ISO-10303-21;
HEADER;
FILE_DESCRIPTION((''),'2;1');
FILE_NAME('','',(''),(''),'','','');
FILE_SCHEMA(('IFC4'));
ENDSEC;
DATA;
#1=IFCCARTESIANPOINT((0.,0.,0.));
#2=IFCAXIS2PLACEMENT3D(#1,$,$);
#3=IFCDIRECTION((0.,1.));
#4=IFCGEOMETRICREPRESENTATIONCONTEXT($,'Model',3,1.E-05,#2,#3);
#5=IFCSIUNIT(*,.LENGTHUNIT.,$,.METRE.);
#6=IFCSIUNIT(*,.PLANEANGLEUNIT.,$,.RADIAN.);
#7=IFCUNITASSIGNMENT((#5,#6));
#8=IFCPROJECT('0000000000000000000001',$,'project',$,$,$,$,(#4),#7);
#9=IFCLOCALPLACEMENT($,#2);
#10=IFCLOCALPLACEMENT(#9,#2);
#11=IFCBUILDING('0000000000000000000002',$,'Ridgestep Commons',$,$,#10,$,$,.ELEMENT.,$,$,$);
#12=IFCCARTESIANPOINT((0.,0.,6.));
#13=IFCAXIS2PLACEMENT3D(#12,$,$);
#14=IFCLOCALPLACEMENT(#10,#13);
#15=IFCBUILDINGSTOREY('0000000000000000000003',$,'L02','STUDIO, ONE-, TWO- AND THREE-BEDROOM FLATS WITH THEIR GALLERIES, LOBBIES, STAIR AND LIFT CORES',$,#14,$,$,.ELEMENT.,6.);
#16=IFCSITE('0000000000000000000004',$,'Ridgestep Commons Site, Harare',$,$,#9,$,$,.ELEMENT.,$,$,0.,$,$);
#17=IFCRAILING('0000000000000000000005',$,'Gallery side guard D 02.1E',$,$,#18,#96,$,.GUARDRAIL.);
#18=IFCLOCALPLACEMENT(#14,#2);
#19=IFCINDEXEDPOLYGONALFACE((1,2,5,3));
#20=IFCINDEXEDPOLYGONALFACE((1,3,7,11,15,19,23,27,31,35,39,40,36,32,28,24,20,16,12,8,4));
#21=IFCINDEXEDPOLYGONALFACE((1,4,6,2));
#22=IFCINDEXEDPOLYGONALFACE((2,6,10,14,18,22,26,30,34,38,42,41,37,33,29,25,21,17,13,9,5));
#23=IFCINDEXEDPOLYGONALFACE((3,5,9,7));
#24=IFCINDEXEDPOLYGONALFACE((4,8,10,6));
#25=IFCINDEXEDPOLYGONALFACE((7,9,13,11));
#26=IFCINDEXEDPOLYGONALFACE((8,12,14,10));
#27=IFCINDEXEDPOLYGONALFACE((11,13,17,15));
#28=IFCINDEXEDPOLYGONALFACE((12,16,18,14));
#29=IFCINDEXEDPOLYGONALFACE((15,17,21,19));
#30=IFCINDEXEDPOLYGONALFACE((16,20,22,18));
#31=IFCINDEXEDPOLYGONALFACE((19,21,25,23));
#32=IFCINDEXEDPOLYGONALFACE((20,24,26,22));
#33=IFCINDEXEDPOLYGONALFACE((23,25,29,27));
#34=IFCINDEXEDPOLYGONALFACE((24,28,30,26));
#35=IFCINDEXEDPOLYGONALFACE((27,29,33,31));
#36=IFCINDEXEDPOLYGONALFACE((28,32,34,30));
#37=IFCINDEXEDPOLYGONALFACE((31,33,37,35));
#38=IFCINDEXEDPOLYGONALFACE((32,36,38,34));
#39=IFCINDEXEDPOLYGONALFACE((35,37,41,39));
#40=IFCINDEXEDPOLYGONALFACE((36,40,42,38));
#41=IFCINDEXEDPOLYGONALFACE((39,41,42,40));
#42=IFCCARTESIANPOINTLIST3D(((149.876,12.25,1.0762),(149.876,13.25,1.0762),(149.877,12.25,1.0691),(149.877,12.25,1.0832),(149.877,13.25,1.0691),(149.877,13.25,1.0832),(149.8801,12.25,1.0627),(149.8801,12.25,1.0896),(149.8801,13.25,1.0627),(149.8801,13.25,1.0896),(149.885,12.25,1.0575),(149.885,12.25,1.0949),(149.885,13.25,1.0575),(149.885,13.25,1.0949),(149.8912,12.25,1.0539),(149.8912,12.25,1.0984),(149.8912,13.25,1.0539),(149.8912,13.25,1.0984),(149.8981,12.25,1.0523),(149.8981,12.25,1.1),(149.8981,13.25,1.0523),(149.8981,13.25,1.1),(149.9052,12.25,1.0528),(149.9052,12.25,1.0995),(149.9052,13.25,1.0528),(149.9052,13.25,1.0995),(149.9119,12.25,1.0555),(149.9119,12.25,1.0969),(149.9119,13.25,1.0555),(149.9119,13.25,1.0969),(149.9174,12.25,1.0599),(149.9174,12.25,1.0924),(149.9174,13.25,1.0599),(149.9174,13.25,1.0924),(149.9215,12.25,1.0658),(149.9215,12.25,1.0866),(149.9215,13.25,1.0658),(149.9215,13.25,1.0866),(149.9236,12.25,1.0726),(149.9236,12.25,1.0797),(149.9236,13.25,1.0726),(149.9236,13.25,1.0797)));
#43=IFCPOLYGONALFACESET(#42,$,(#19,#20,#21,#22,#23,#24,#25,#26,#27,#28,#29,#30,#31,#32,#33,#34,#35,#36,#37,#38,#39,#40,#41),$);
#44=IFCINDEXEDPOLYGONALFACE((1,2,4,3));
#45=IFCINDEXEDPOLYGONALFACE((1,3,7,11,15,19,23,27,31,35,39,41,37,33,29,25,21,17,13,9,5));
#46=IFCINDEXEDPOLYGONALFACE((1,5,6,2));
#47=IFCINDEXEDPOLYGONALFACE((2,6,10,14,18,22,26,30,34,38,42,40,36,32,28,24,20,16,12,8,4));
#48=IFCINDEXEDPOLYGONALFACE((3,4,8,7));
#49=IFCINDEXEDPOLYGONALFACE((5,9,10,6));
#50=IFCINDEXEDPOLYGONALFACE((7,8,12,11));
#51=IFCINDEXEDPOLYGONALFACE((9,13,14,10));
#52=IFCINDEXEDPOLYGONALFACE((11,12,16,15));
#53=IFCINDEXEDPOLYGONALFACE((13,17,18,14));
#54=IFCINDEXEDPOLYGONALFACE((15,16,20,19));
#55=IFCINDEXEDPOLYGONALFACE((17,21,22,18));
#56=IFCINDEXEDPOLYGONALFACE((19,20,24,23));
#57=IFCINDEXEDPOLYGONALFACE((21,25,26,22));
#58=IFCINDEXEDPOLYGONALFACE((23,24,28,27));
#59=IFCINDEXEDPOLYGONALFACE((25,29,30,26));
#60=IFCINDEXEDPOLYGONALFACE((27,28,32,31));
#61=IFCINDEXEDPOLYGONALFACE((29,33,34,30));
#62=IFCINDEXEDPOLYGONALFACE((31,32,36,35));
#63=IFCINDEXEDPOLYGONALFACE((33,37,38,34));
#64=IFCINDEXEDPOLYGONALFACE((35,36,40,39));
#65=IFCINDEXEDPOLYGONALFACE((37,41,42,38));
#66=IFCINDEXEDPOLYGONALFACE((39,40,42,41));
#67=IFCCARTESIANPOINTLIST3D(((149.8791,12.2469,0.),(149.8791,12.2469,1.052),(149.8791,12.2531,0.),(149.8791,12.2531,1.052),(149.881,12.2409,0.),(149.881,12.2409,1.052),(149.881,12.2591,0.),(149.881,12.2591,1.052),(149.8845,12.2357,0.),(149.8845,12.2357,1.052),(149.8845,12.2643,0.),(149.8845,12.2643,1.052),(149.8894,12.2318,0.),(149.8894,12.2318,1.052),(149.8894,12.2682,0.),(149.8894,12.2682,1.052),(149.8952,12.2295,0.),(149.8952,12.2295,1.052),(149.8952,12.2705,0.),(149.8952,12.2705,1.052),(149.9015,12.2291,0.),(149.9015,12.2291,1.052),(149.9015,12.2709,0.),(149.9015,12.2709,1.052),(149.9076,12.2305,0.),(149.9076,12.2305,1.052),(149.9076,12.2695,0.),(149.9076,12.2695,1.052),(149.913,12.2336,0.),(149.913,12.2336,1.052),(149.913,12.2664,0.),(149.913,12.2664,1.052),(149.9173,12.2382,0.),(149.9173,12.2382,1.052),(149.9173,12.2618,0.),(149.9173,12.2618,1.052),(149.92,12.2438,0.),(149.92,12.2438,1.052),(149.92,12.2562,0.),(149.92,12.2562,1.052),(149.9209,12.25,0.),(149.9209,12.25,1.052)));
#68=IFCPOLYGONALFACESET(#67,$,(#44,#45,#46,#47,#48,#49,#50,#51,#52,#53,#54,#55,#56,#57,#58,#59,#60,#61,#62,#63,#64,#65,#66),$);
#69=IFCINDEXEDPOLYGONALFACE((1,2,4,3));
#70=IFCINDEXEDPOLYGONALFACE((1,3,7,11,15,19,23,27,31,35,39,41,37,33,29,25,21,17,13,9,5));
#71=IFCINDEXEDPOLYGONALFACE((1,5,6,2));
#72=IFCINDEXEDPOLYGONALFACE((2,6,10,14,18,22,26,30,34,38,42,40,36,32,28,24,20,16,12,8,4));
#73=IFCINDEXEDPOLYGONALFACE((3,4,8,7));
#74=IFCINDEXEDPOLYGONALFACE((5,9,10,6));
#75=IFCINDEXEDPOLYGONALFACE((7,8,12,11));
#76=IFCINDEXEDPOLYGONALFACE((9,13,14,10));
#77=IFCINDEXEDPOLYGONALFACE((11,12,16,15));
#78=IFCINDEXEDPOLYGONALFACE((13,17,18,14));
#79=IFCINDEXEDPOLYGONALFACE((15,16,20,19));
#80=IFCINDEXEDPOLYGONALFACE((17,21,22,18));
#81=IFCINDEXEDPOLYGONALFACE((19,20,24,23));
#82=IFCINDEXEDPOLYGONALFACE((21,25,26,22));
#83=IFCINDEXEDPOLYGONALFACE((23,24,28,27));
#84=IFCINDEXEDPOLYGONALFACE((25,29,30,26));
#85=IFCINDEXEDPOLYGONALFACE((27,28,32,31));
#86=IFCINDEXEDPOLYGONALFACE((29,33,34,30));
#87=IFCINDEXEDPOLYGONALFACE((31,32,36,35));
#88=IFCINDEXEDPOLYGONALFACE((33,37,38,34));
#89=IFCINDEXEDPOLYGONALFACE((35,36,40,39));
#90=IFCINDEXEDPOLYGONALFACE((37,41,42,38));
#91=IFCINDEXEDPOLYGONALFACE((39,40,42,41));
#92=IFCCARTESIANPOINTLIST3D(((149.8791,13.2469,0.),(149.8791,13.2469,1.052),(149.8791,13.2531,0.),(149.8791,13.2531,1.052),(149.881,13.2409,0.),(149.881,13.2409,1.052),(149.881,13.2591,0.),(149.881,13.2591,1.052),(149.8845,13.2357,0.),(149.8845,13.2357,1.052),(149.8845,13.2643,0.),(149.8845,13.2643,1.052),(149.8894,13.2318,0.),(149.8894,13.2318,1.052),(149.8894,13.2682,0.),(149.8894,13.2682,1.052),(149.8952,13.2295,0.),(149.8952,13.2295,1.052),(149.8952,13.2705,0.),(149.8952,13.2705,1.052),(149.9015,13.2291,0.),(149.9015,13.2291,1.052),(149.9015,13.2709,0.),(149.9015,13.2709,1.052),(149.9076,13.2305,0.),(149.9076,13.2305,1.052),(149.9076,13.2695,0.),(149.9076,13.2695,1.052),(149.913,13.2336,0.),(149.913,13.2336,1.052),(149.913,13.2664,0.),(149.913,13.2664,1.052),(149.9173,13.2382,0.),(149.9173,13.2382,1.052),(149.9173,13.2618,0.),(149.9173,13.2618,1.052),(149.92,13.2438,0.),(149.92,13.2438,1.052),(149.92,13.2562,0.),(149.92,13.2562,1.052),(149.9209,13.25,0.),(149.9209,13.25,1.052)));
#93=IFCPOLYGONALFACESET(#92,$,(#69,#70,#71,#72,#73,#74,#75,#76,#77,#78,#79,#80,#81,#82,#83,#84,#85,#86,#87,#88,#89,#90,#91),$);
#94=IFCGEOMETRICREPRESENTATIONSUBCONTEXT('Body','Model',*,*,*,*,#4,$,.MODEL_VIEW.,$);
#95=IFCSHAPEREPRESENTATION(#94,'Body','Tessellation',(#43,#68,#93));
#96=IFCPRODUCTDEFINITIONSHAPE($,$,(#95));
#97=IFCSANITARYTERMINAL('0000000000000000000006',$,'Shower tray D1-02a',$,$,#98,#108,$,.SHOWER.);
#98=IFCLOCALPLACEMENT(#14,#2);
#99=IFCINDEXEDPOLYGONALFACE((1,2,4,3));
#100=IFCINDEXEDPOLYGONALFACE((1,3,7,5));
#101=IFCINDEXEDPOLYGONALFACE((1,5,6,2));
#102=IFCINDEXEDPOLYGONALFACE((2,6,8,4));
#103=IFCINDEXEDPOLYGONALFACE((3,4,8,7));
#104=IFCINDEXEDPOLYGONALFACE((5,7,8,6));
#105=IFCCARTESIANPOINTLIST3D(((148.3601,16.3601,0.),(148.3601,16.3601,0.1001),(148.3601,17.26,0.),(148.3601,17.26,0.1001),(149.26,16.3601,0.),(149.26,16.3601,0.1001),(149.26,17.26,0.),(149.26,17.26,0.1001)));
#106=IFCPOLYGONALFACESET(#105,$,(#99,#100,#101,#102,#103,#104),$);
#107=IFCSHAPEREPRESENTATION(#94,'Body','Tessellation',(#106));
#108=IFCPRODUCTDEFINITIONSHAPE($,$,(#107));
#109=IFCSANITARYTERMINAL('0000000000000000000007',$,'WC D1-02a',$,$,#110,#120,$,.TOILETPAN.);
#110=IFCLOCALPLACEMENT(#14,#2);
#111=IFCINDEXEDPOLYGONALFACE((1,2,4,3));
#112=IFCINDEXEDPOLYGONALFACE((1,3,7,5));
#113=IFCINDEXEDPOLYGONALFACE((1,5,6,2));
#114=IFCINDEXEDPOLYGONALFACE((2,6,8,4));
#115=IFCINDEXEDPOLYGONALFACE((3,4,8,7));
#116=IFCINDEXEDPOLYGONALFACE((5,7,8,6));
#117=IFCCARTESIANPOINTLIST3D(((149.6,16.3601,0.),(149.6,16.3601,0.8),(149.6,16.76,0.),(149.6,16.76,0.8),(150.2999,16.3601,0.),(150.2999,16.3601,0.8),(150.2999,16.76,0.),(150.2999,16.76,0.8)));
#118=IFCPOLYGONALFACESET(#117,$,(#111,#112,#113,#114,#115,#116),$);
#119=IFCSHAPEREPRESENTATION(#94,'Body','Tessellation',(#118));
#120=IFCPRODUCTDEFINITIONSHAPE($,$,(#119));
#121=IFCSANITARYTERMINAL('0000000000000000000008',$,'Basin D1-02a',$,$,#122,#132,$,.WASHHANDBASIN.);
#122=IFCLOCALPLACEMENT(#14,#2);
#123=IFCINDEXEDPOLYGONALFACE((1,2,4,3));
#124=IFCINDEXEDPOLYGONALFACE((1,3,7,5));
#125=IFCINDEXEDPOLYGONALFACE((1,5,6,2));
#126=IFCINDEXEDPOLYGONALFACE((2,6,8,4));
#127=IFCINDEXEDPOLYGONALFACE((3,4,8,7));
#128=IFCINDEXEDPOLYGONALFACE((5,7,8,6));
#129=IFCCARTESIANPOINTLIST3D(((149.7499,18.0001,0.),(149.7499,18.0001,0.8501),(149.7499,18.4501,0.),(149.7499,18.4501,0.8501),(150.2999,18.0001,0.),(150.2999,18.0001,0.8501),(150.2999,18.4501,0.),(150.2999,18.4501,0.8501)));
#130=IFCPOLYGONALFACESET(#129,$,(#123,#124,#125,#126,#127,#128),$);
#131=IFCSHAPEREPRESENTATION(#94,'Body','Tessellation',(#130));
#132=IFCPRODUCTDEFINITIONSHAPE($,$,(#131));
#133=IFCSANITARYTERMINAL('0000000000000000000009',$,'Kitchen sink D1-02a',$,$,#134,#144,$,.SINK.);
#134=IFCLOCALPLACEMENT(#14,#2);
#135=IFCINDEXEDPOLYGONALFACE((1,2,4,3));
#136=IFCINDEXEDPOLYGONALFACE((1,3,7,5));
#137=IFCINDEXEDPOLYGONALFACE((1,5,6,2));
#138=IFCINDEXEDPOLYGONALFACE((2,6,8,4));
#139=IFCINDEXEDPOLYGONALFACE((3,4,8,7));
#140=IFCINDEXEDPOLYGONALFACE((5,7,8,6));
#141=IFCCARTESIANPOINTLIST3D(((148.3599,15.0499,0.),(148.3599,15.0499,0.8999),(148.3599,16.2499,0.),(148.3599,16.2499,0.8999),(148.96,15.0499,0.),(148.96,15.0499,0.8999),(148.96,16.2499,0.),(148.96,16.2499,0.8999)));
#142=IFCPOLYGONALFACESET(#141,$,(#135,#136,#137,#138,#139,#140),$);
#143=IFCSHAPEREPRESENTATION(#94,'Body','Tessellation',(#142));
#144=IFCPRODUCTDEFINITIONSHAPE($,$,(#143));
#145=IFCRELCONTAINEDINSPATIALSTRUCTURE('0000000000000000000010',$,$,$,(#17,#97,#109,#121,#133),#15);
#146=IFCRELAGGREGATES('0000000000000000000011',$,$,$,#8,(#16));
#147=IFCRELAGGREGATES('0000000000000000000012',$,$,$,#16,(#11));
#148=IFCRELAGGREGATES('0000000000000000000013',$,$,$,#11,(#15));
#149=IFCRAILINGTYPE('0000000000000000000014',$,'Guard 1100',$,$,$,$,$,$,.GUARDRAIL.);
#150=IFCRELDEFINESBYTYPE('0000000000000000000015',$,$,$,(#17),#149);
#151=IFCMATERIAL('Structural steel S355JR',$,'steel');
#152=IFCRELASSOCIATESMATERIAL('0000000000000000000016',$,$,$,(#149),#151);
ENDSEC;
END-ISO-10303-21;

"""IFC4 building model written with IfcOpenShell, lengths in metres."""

from ifc_helpers import new_model, si_unit, direction, frame, origin, origin_2d, place, context, subcontext, project, spatial, rectangle, circle, extrude, material, type_object, element, save


model = new_model("IFC4")

# Units and contexts
model_context = context("Model", 3, precision=1e-05, world=origin(), true_north=direction((0.0, 1.0)))
body_context = subcontext(model_context, "Body", "Model", "MODEL_VIEW")
ifc_project = project(units=[si_unit("LENGTHUNIT", "METRE"), si_unit("PLANEANGLEUNIT", "RADIAN")], contexts=[model_context])

# Site, building, storey
site_placement = place(None, origin())
site = spatial("IfcSite", under=ifc_project, at=site_placement, Name="Ridgestep Commons Site, Harare", CompositionType="ELEMENT", RefElevation=0.0)
building_placement = place(site_placement, origin())
building = spatial("IfcBuilding", under=site, at=building_placement, Name="Ridgestep Commons", CompositionType="ELEMENT")
storey_placement = place(building_placement, frame((0.0, 0.0, 6.0)))
storey = spatial("IfcBuildingStorey", under=building, at=storey_placement, Name="L02", Description="STUDIO, ONE-, TWO- AND THREE-BEDROOM FLATS WITH THEIR GALLERIES, LOBBIES, STAIR AND LIFT CORES", CompositionType="ELEMENT", Elevation=6.0)

# Railing
ifc_material_1 = material(Name="Structural steel S355JR", Category="steel")
railing_type = type_object("IfcRailingType", Name="Guard 1100", PredefinedType="GUARDRAIL", material=ifc_material_1)
for number, where, name in (
    (1, (149.8999, 12.25, 0.0), "Gallery side guard D 02.1E"),
):
    element("IfcRailing", number, at=place(storey_placement, frame(where)), inside=storey, type_object=railing_type, Name=name, PredefinedType="GUARDRAIL", context=body_context, shape_type="SweptSolid", body=[
        extrude(circle(Radius=0.0239, at=origin_2d()), frame((0.0, 0.0, 1.0762), z_axis=(0.0, 1.0, 0.0), x_axis=(-1.0, 0.0, 0.0)), (0.0, 0.0, 1.0), 1.0),
        extrude(circle(Radius=0.021, at=origin_2d()), origin(), (0.0, 0.0, 1.0), 1.052),
        extrude(circle(Radius=0.021, at=origin_2d()), frame((0.0, 1.0, 0.0)), (0.0, 0.0, 1.0), 1.052),
    ])

# Sanitary terminals
sanitary_terminal_1_placement = place(storey_placement, frame((148.8101, 16.8101, 0.0), z_axis=(0.0, 0.0, 1.0), x_axis=(1.0, 0.0, 0.0)))
element("IfcSanitaryTerminal", 2, at=sanitary_terminal_1_placement, inside=storey, Name="Shower tray D1-02a", PredefinedType="SHOWER", context=body_context, shape_type="SweptSolid", body=[
    extrude(rectangle(XDim=0.8999, YDim=0.8999, at=origin_2d()), origin(), (0.0, 0.0, 1.0), 0.1001),
])
sanitary_terminal_2_placement = place(storey_placement, frame((149.95, 16.5601, 0.0), z_axis=(0.0, 0.0, 1.0), x_axis=(1.0, 0.0, 0.0)))
element("IfcSanitaryTerminal", 3, at=sanitary_terminal_2_placement, inside=storey, Name="WC D1-02a", PredefinedType="TOILETPAN", context=body_context, shape_type="SweptSolid", body=[
    extrude(rectangle(XDim=0.7, YDim=0.3999, at=origin_2d()), origin(), (0.0, 0.0, 1.0), 0.8),
])
sanitary_terminal_3_placement = place(storey_placement, frame((150.0249, 18.2251, 0.0), z_axis=(0.0, 0.0, 1.0), x_axis=(1.0, 0.0, 0.0)))
element("IfcSanitaryTerminal", 4, at=sanitary_terminal_3_placement, inside=storey, Name="Basin D1-02a", PredefinedType="WASHHANDBASIN", context=body_context, shape_type="SweptSolid", body=[
    extrude(rectangle(XDim=0.55, YDim=0.45, at=origin_2d()), origin(), (0.0, 0.0, 1.0), 0.8501),
])
sanitary_terminal_4_placement = place(storey_placement, frame((148.6599, 15.6499, 0.0), z_axis=(0.0, 0.0, 1.0), x_axis=(1.0, 0.0, 0.0)))
element("IfcSanitaryTerminal", 5, at=sanitary_terminal_4_placement, inside=storey, Name="Kitchen sink D1-02a", PredefinedType="SINK", context=body_context, shape_type="SweptSolid", body=[
    extrude(rectangle(XDim=0.6001, YDim=1.2, at=origin_2d()), origin(), (0.0, 0.0, 1.0), 0.8999),
])

save(model, "model.ifc")
